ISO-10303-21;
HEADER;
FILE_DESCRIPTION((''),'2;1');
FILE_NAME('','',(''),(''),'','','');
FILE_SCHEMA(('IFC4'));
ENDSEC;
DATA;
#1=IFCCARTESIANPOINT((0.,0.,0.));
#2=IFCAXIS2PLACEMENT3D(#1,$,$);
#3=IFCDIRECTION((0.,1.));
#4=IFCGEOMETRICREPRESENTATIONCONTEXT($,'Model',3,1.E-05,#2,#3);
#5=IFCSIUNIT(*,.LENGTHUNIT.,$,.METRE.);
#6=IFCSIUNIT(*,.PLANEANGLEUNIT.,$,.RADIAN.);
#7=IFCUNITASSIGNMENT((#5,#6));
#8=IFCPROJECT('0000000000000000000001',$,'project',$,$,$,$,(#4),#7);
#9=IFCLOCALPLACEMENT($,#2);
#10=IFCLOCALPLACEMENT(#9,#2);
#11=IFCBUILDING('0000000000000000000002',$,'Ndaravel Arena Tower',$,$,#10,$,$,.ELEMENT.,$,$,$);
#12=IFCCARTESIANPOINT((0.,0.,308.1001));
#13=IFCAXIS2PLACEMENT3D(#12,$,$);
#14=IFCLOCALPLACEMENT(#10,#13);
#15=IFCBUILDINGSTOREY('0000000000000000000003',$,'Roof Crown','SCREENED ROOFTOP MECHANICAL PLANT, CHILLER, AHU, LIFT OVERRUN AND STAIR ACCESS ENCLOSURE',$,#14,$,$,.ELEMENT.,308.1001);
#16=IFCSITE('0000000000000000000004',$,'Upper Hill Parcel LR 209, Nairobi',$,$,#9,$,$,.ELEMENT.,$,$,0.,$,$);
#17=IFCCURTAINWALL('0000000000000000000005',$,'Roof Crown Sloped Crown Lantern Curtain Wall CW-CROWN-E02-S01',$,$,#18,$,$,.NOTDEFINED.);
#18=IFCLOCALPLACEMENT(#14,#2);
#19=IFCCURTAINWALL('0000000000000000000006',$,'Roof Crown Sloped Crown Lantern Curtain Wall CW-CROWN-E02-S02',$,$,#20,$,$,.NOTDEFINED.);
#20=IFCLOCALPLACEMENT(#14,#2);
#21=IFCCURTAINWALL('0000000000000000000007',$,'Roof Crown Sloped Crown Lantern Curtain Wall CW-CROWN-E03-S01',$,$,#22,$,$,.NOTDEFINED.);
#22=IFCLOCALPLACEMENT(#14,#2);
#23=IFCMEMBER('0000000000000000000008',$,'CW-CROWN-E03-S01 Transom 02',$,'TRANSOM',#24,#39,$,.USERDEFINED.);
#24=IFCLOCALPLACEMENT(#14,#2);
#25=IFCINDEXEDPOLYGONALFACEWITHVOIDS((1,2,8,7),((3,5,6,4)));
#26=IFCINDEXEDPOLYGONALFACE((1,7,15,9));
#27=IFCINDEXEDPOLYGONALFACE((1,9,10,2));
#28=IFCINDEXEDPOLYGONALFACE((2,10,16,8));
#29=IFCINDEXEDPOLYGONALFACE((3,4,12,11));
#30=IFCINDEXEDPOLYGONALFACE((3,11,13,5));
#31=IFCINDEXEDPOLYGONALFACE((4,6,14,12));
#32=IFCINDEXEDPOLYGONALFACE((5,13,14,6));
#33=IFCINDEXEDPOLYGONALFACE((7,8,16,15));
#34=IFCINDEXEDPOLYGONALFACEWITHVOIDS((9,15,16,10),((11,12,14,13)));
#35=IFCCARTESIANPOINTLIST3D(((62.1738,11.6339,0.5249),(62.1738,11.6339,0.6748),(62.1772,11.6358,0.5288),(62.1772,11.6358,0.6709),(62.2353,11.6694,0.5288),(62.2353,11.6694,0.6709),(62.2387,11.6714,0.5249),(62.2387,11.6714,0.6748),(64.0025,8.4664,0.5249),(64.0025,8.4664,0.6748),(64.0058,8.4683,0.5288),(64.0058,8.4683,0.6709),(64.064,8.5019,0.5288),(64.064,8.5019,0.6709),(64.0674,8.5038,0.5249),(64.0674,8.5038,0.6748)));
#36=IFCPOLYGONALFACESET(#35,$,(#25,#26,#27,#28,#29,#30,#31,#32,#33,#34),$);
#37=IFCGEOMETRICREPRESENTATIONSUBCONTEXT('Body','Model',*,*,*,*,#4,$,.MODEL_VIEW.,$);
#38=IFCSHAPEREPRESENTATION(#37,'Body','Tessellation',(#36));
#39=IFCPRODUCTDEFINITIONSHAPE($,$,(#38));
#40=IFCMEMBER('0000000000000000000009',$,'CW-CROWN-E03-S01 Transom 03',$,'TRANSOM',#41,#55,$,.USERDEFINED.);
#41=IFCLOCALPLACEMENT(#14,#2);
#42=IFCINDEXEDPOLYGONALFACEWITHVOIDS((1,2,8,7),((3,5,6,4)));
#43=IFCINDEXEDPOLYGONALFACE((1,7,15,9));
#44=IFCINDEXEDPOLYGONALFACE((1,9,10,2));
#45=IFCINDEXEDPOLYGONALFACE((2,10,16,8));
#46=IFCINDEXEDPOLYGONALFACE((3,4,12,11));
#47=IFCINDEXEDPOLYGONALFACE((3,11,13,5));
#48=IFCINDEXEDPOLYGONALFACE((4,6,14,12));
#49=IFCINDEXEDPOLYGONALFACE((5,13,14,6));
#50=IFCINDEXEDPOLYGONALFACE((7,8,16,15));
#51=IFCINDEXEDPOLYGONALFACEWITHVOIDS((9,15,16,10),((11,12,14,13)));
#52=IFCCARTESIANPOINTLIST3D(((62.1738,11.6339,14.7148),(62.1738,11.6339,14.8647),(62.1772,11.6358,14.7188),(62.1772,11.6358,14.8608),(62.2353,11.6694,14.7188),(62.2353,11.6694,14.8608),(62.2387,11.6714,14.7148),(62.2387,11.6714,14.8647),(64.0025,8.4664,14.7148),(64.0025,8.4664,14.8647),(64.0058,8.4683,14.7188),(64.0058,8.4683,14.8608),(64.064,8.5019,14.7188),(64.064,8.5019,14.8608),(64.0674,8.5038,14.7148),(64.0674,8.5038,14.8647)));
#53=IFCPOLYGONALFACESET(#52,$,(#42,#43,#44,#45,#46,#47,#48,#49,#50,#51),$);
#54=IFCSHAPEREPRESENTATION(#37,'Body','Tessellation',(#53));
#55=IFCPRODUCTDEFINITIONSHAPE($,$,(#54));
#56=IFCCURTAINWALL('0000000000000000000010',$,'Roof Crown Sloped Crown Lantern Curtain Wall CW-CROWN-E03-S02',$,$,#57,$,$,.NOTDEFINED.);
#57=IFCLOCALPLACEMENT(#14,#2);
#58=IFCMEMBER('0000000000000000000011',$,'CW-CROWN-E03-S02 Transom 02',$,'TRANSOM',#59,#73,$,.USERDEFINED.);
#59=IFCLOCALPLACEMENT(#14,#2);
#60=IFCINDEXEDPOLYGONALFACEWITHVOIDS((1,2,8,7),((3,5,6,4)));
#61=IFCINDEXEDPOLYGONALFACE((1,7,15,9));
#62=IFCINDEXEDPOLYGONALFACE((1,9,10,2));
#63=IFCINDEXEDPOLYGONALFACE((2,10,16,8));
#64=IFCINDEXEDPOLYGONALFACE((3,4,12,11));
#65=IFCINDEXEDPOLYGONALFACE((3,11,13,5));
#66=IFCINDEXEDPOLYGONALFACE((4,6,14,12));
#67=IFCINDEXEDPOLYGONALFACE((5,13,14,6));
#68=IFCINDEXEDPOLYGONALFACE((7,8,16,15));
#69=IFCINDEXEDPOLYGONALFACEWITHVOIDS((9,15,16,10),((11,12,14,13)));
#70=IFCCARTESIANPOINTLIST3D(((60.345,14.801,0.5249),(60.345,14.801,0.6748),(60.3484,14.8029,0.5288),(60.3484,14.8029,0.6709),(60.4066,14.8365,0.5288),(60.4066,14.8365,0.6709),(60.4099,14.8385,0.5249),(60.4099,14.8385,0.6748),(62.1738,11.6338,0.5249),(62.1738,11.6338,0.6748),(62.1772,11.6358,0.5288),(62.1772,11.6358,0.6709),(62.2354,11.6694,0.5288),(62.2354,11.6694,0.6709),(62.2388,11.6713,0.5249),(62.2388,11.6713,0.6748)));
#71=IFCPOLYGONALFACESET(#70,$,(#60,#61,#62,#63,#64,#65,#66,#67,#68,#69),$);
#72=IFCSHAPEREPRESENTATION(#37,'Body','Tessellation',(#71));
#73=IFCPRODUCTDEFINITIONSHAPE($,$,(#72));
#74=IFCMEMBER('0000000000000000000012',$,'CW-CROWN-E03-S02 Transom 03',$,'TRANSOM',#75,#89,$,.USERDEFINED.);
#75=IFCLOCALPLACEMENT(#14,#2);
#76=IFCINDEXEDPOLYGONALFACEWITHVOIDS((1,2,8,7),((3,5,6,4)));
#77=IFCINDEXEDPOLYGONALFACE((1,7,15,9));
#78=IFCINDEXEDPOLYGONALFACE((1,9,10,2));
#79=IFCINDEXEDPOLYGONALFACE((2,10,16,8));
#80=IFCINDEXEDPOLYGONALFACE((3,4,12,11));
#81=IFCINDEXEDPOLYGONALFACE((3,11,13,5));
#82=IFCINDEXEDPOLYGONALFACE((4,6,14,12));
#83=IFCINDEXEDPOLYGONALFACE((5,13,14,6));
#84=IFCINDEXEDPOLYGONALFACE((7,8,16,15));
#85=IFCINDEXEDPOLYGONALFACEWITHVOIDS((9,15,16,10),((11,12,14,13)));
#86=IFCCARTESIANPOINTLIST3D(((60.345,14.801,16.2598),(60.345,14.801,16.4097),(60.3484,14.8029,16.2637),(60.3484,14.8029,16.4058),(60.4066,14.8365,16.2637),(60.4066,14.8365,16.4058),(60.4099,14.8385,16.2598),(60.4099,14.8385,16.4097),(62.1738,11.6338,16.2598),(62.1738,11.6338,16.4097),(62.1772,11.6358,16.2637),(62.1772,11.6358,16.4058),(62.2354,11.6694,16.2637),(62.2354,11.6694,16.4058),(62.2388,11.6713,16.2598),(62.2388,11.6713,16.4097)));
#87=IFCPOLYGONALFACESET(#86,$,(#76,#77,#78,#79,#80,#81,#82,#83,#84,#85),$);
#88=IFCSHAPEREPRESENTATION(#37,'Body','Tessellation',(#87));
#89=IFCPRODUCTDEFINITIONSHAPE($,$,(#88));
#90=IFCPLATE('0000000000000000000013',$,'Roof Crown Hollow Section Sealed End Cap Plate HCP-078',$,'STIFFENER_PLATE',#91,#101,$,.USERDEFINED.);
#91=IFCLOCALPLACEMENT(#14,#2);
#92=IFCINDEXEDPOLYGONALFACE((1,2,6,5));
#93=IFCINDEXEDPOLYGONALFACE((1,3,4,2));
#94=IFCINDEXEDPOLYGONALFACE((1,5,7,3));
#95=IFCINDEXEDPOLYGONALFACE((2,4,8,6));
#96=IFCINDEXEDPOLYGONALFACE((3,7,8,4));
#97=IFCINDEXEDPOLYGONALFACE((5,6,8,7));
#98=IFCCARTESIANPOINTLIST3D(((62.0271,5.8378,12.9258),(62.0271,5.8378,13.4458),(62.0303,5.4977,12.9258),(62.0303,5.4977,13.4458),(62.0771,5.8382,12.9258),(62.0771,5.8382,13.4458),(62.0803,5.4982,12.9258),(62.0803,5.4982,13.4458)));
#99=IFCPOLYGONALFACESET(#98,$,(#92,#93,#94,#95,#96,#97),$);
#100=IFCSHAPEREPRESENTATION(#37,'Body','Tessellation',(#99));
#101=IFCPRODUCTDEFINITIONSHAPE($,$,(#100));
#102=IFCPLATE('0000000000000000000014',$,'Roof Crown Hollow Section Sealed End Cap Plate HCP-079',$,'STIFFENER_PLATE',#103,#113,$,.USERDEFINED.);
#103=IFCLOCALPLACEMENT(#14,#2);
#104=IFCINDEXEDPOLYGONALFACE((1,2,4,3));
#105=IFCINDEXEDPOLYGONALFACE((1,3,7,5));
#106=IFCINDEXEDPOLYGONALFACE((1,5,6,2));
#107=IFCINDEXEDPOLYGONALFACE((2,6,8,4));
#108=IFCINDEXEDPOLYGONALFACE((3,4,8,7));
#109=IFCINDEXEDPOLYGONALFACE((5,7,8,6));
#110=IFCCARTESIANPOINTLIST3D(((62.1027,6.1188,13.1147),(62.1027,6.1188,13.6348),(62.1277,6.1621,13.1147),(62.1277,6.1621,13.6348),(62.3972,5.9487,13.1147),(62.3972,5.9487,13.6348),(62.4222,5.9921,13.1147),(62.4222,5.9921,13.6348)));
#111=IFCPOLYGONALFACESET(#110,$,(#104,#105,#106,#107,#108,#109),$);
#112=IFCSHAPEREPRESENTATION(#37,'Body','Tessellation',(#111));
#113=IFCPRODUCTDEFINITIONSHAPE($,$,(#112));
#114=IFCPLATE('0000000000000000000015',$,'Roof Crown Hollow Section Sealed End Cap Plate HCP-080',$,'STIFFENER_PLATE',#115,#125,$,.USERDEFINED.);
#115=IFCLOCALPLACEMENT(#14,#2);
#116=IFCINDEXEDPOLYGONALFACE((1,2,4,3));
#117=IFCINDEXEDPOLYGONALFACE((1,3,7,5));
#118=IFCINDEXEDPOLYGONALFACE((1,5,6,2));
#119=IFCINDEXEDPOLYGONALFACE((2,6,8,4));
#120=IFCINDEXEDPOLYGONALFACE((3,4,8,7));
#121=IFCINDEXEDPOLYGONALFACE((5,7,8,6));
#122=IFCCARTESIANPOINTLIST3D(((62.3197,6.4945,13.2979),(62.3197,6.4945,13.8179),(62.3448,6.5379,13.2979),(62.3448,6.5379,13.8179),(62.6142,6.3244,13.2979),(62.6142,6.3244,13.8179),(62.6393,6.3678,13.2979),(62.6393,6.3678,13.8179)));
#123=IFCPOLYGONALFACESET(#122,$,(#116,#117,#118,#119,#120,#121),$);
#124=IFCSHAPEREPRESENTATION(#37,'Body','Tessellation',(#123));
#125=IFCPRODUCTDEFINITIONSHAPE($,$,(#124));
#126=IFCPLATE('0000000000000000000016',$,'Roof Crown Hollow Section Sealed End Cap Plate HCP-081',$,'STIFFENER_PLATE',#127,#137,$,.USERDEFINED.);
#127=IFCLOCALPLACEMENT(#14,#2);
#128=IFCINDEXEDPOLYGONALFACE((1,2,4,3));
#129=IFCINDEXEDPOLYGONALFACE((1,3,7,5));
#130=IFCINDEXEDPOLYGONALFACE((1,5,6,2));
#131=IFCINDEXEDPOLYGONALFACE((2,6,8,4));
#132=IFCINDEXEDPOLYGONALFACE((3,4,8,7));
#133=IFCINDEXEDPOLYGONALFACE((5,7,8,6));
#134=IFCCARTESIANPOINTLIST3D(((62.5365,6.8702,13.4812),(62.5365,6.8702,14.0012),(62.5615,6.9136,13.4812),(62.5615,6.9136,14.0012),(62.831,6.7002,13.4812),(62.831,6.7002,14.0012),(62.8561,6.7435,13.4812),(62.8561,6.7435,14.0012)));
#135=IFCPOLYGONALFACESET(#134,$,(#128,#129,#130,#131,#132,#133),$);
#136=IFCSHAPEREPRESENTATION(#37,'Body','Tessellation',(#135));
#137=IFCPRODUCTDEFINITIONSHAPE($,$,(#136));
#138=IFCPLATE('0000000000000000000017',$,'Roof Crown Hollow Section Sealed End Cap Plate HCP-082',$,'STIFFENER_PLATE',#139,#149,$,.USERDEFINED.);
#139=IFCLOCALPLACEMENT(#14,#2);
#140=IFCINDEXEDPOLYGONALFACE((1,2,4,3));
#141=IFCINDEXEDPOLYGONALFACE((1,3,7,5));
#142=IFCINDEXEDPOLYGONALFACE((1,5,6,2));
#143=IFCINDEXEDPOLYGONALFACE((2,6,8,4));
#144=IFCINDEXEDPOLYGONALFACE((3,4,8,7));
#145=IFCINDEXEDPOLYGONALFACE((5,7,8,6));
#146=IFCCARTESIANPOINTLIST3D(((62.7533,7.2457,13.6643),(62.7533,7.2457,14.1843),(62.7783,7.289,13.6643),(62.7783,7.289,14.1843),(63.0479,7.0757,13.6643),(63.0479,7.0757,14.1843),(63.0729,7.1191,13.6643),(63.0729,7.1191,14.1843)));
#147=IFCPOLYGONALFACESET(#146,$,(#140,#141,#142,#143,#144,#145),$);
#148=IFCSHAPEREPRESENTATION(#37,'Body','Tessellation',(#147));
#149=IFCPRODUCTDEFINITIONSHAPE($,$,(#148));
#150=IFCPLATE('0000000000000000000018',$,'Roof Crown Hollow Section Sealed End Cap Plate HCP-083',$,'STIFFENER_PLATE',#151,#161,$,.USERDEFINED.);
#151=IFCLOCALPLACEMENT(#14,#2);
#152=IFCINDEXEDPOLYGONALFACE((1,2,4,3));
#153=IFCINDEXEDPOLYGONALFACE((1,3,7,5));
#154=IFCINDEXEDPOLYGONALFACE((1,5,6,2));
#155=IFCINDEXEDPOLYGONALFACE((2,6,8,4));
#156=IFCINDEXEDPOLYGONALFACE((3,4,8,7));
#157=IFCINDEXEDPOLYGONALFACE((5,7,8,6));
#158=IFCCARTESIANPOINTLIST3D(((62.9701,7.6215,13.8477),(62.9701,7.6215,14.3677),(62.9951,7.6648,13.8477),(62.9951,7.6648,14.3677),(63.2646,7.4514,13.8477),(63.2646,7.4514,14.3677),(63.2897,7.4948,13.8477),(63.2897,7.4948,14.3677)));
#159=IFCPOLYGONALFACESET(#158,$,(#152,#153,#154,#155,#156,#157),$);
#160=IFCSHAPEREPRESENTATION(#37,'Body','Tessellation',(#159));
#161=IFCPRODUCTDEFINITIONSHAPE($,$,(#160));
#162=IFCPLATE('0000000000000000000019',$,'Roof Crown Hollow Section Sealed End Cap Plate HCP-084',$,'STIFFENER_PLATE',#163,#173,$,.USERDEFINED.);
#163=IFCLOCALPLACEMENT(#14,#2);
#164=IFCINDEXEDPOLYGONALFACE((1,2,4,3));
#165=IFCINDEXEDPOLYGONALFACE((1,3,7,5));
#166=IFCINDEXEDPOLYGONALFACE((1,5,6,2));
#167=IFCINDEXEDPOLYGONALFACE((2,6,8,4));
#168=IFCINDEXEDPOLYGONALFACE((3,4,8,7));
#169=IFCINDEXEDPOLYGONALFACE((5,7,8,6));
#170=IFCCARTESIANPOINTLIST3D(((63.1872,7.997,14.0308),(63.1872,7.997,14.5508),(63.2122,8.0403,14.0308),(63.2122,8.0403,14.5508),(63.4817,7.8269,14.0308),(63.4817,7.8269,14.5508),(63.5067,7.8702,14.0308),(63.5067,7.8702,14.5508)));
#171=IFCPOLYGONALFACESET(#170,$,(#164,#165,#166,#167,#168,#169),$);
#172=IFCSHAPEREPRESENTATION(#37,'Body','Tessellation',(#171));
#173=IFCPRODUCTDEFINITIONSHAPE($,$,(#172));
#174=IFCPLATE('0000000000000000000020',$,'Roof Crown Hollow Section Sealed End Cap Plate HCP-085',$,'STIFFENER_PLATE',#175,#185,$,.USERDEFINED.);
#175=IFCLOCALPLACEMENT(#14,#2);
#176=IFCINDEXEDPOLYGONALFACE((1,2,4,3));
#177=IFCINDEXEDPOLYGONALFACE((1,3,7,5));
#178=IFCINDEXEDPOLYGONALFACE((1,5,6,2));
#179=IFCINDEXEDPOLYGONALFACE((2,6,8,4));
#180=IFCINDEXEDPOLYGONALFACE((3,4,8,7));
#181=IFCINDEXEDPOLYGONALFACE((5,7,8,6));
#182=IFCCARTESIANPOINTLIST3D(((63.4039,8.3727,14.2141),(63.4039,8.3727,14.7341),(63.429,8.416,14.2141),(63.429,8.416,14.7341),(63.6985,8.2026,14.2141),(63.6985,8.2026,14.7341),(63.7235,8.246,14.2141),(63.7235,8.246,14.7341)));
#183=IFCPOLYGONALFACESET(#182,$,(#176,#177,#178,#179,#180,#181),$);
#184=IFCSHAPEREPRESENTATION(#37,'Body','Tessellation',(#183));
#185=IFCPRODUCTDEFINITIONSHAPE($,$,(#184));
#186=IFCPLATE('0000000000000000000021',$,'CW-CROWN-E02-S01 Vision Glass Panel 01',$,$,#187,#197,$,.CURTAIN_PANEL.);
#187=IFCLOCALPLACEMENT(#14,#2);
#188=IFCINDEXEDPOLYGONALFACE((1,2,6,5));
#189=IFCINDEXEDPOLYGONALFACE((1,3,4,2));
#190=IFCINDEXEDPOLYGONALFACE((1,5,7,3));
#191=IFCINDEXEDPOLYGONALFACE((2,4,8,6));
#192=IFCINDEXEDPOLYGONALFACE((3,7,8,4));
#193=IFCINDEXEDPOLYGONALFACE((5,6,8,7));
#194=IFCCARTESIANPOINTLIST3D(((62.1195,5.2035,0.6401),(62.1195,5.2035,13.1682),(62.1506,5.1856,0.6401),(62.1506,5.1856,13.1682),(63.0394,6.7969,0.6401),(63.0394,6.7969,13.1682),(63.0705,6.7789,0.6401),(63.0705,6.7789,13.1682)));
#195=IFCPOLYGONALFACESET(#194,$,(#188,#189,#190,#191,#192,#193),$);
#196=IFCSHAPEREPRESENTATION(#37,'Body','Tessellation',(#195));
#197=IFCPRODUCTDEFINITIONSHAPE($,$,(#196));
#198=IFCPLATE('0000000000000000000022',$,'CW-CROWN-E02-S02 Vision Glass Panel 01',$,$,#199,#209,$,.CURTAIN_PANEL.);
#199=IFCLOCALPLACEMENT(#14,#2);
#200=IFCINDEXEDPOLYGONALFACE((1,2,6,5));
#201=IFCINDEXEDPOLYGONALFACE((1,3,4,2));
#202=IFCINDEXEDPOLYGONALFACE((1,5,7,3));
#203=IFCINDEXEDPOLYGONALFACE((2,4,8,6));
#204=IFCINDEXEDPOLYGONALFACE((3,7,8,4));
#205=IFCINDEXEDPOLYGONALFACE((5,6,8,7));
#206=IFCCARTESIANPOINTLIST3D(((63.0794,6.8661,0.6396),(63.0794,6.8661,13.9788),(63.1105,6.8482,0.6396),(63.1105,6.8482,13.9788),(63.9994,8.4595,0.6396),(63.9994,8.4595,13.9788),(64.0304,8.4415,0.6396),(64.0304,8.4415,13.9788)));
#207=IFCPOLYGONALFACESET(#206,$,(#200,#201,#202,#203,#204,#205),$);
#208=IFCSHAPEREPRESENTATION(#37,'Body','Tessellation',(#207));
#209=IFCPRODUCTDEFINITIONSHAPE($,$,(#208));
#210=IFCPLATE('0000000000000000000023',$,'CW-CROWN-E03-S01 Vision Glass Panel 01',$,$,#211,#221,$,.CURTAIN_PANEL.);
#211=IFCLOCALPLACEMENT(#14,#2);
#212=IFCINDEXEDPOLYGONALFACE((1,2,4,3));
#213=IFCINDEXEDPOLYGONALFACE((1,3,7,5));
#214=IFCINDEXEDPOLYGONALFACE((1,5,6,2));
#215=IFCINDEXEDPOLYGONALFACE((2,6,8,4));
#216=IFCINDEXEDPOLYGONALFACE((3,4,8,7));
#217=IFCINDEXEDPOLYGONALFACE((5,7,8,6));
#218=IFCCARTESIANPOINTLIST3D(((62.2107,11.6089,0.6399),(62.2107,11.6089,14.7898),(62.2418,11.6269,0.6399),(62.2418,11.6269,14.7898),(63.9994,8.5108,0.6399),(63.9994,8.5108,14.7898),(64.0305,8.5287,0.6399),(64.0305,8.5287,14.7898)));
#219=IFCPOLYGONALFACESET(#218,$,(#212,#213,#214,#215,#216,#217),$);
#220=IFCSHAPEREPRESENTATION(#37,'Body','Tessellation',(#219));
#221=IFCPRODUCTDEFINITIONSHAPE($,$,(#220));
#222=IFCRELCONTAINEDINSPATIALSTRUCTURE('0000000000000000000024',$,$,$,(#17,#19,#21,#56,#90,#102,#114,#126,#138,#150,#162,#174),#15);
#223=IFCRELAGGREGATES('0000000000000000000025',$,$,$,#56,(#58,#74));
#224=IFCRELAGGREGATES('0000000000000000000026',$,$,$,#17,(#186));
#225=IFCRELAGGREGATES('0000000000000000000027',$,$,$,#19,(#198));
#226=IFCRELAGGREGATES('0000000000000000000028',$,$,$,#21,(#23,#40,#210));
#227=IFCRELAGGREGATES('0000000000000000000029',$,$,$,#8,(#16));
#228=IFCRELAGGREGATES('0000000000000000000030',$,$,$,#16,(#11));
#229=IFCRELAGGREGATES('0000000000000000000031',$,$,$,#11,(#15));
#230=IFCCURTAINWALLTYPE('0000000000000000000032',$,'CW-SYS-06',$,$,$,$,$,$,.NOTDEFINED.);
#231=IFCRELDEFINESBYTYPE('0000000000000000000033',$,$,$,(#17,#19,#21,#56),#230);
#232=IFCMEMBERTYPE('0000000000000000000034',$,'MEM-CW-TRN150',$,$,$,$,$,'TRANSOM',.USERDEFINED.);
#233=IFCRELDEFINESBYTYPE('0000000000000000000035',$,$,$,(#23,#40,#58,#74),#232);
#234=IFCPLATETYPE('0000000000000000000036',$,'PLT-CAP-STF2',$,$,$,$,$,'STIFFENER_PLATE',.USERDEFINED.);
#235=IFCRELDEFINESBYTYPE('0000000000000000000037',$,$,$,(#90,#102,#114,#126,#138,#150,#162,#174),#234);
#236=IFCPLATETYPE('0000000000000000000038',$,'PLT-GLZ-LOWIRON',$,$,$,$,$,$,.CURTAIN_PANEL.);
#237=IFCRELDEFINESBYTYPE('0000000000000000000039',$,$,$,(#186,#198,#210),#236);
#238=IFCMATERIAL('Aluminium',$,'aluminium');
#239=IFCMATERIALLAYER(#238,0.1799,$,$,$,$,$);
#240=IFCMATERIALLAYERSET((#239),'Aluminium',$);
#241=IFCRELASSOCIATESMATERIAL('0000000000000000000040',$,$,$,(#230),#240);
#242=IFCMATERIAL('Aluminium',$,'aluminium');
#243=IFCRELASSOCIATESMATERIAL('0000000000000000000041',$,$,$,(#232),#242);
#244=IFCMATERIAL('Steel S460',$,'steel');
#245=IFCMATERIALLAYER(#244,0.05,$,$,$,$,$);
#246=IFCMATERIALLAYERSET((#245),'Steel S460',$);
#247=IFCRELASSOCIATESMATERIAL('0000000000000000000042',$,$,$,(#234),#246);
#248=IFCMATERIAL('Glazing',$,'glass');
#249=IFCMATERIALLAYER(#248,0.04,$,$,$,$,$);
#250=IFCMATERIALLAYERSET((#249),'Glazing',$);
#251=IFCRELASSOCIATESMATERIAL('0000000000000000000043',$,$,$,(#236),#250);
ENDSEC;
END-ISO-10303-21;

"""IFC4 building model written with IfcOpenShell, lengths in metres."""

from ifc_helpers import new_model, si_unit, direction, frame, origin, origin_2d, place, context, subcontext, project, spatial, rectangle, hollow_rectangle, extrude, material, layer, layer_set, material_profile, profile_set, type_object, element, aggregate, save


model = new_model("IFC4")

# Units and contexts
model_context = context("Model", 3, precision=1e-05, world=origin(), true_north=direction((0.0, 1.0)))
body_context = subcontext(model_context, "Body", "Model", "MODEL_VIEW")
ifc_project = project(units=[si_unit("LENGTHUNIT", "METRE"), si_unit("PLANEANGLEUNIT", "RADIAN")], contexts=[model_context])

# Site, building, storey
site_placement = place(None, origin())
site = spatial("IfcSite", under=ifc_project, at=site_placement, Name="Upper Hill Parcel LR 209, Nairobi", CompositionType="ELEMENT", RefElevation=0.0)
building_placement = place(site_placement, origin())
building = spatial("IfcBuilding", under=site, at=building_placement, Name="Ndaravel Arena Tower", CompositionType="ELEMENT")
storey_placement = place(building_placement, frame((0.0, 0.0, 308.1001)))
storey = spatial("IfcBuildingStorey", under=building, at=storey_placement, Name="Roof Crown", Description="SCREENED ROOFTOP MECHANICAL PLANT, CHILLER, AHU, LIFT OVERRUN AND STAIR ACCESS ENCLOSURE", CompositionType="ELEMENT", Elevation=308.1001)

# Curtain walls, members
ifc_material_1 = material(Name="Aluminium", Category="aluminium")
ifc_layer_1 = layer(ifc_material_1, 0.1799)
ifc_layer_set_1 = layer_set([ifc_layer_1], Name="Aluminium")
curtain_wall_type = type_object("IfcCurtainWallType", Name="CW-SYS-06", PredefinedType="NOTDEFINED", material=ifc_layer_set_1)
curtain_wall_1_placement = place(storey_placement, origin())
curtain_wall_1 = element("IfcCurtainWall", 1, at=curtain_wall_1_placement, inside=storey, type_object=curtain_wall_type, Name="Roof Crown Sloped Crown Lantern Curtain Wall CW-CROWN-E02-S01", PredefinedType="NOTDEFINED")
ifc_material_2 = material(Name="Aluminium", Category="aluminium")
ifc_material_profile_1 = material_profile(ifc_material_2, hollow_rectangle(XDim=0.075, YDim=0.1499, WallThickness=0.0039, at=origin_2d()), Name="CW TRANSOM 75x150x4")
ifc_profile_set_1 = profile_set([ifc_material_profile_1], Name="Aluminium")
member_type_1 = type_object("IfcMemberType", Name="MEM-CW-TRN150", ElementType="TRANSOM", PredefinedType="USERDEFINED", material=ifc_profile_set_1)
curtain_wall_2_placement = place(storey_placement, origin())
curtain_wall_2 = element("IfcCurtainWall", 2, at=curtain_wall_2_placement, inside=storey, type_object=curtain_wall_type, Name="Roof Crown Sloped Crown Lantern Curtain Wall CW-CROWN-E02-S02", PredefinedType="NOTDEFINED")
curtain_wall_3_placement = place(storey_placement, origin())
curtain_wall_3 = element("IfcCurtainWall", 3, at=curtain_wall_3_placement, inside=storey, type_object=curtain_wall_type, Name="Roof Crown Sloped Crown Lantern Curtain Wall CW-CROWN-E03-S01", PredefinedType="NOTDEFINED")
member_1_placement = place(storey_placement, frame((64.0349, 8.4851, 0.5999), z_axis=(-0.499973, 0.866041, 0.0), x_axis=(-0.866041, -0.499973, 0.0)))
member_1 = element("IfcMember", 4, at=member_1_placement, type_object=member_type_1, Name="CW-CROWN-E03-S01 Transom 02", ObjectType="TRANSOM", PredefinedType="USERDEFINED", context=body_context, shape_type="SweptSolid", body=[
    extrude(hollow_rectangle(XDim=0.075, YDim=0.1499, WallThickness=0.0039, at=origin_2d()), origin(), (0.0, 0.0, 1.0), 3.6575),
])
member_2_placement = place(storey_placement, frame((64.0349, 8.4851, 14.7898), z_axis=(-0.499973, 0.866041, 0.0), x_axis=(-0.866041, -0.499973, 0.0)))
member_2 = element("IfcMember", 5, at=member_2_placement, type_object=member_type_1, Name="CW-CROWN-E03-S01 Transom 03", ObjectType="TRANSOM", PredefinedType="USERDEFINED", context=body_context, shape_type="SweptSolid", body=[
    extrude(hollow_rectangle(XDim=0.075, YDim=0.1499, WallThickness=0.0039, at=origin_2d()), origin(), (0.0, 0.0, 1.0), 3.6575),
])
curtain_wall_4_placement = place(storey_placement, origin())
curtain_wall_4 = element("IfcCurtainWall", 6, at=curtain_wall_4_placement, inside=storey, type_object=curtain_wall_type, Name="Roof Crown Sloped Crown Lantern Curtain Wall CW-CROWN-E03-S02", PredefinedType="NOTDEFINED")
member_3_placement = place(storey_placement, frame((62.2063, 11.6526, 0.5999), z_axis=(-0.500052, 0.865995, 0.0), x_axis=(-0.865995, -0.500052, 0.0)))
member_3 = element("IfcMember", 7, at=member_3_placement, type_object=member_type_1, Name="CW-CROWN-E03-S02 Transom 02", ObjectType="TRANSOM", PredefinedType="USERDEFINED", context=body_context, shape_type="SweptSolid", body=[
    extrude(hollow_rectangle(XDim=0.075, YDim=0.1499, WallThickness=0.0039, at=origin_2d()), origin(), (0.0, 0.0, 1.0), 3.6572),
])
member_4_placement = place(storey_placement, frame((62.2063, 11.6526, 16.3347), z_axis=(-0.500052, 0.865995, 0.0), x_axis=(-0.865995, -0.500052, 0.0)))
member_4 = element("IfcMember", 8, at=member_4_placement, type_object=member_type_1, Name="CW-CROWN-E03-S02 Transom 03", ObjectType="TRANSOM", PredefinedType="USERDEFINED", context=body_context, shape_type="SweptSolid", body=[
    extrude(hollow_rectangle(XDim=0.075, YDim=0.1499, WallThickness=0.0039, at=origin_2d()), origin(), (0.0, 0.0, 1.0), 3.6572),
])
aggregate(curtain_wall_4, [member_3, member_4])

# Plates
ifc_material_3 = material(Name="Steel S460", Category="steel")
ifc_layer_2 = layer(ifc_material_3, 0.05)
ifc_layer_set_2 = layer_set([ifc_layer_2], Name="Steel S460")
plate_type_1 = type_object("IfcPlateType", Name="PLT-CAP-STF2", ElementType="STIFFENER_PLATE", PredefinedType="USERDEFINED", material=ifc_layer_set_2)
for number, where, z_axis, x_axis, name in (
    (9, (62.0537, 5.668, 12.9258), (0.0, 0.0, 1.0), (0.999956, 0.009425, 0.0), "Roof Crown Hollow Section Sealed End Cap Plate HCP-078"),
    (10, (62.2625, 6.0554, 13.1147), (0.0, 0.0, 1.0), (0.5, 0.866025, 0.0), "Roof Crown Hollow Section Sealed End Cap Plate HCP-079"),
    (11, (62.4795, 6.4312, 13.2979), (0.0, 0.0, 1.0), (0.500151, 0.865938, 0.0), "Roof Crown Hollow Section Sealed End Cap Plate HCP-080"),
    (12, (62.6963, 6.8069, 13.4812), (0.0, 0.0, 1.0), (0.5, 0.866025, 0.0), "Roof Crown Hollow Section Sealed End Cap Plate HCP-081"),
    (13, (62.9131, 7.1824, 13.6643), (0.0, 0.0, 1.0), (0.499849, 0.866113, 0.0), "Roof Crown Hollow Section Sealed End Cap Plate HCP-082"),
    (14, (63.1299, 7.5581, 13.8477), (0.0, 0.0, 1.0), (0.5, 0.866025, 0.0), "Roof Crown Hollow Section Sealed End Cap Plate HCP-083"),
    (15, (63.3469, 7.9336, 14.0308), (0.0, 0.0, 1.0), (0.500151, 0.865938, 0.0), "Roof Crown Hollow Section Sealed End Cap Plate HCP-084"),
    (16, (63.5637, 8.3093, 14.2141), (0.0, 0.0, 1.0), (0.5, 0.866025, 0.0), "Roof Crown Hollow Section Sealed End Cap Plate HCP-085"),
):
    element("IfcPlate", number, at=place(storey_placement, frame(where, z_axis=z_axis, x_axis=x_axis)), inside=storey, type_object=plate_type_1, Name=name, ObjectType="STIFFENER_PLATE", PredefinedType="USERDEFINED", context=body_context, shape_type="SweptSolid", body=[
        extrude(rectangle(XDim=0.05, YDim=0.3401, at=origin_2d()), origin(), (0.0, 0.0, 1.0), 0.52),
    ])

# Plates
ifc_material_4 = material(Name="Glazing", Category="glass")
ifc_layer_3 = layer(ifc_material_4, 0.04)
ifc_layer_set_3 = layer_set([ifc_layer_3], Name="Glazing")
plate_type_2 = type_object("IfcPlateType", Name="PLT-GLZ-LOWIRON", PredefinedType="CURTAIN_PANEL", material=ifc_layer_set_3)
plate_1_placement = place(storey_placement, frame((62.595, 5.9912, 0.6401), z_axis=(0.0, 0.0, 1.0), x_axis=(0.5, 0.866025, 0.0)))
plate_1 = element("IfcPlate", 17, at=plate_1_placement, type_object=plate_type_2, Name="CW-CROWN-E02-S01 Vision Glass Panel 01", PredefinedType="CURTAIN_PANEL", context=body_context, shape_type="SweptSolid", body=[
    extrude(rectangle(XDim=1.8398, YDim=0.0359, at=origin_2d()), origin(), (0.0, 0.0, 1.0), 12.5281),
])
aggregate(curtain_wall_1, [plate_1])
plate_2_placement = place(storey_placement, frame((63.5549, 7.6538, 0.6396), z_axis=(0.0, 0.0, 1.0), x_axis=(0.5, 0.866025, 0.0)))
plate_2 = element("IfcPlate", 18, at=plate_2_placement, type_object=plate_type_2, Name="CW-CROWN-E02-S02 Vision Glass Panel 01", PredefinedType="CURTAIN_PANEL", context=body_context, shape_type="SweptSolid", body=[
    extrude(rectangle(XDim=1.8398, YDim=0.0359, at=origin_2d()), origin(), (0.0, 0.0, 1.0), 13.3391),
])
aggregate(curtain_wall_2, [plate_2])
plate_3_placement = place(storey_placement, frame((63.1206, 10.0688, 0.6399), z_axis=(0.0, 0.0, 1.0), x_axis=(-0.499985, 0.866034, 0.0)))
plate_3 = element("IfcPlate", 19, at=plate_3_placement, type_object=plate_type_2, Name="CW-CROWN-E03-S01 Vision Glass Panel 01", PredefinedType="CURTAIN_PANEL", context=body_context, shape_type="SweptSolid", body=[
    extrude(rectangle(XDim=3.5774, YDim=0.0359, at=origin_2d()), origin(), (0.0, 0.0, 1.0), 14.1499),
])
aggregate(curtain_wall_3, [member_1, member_2, plate_3])

save(model, "model.ifc")
